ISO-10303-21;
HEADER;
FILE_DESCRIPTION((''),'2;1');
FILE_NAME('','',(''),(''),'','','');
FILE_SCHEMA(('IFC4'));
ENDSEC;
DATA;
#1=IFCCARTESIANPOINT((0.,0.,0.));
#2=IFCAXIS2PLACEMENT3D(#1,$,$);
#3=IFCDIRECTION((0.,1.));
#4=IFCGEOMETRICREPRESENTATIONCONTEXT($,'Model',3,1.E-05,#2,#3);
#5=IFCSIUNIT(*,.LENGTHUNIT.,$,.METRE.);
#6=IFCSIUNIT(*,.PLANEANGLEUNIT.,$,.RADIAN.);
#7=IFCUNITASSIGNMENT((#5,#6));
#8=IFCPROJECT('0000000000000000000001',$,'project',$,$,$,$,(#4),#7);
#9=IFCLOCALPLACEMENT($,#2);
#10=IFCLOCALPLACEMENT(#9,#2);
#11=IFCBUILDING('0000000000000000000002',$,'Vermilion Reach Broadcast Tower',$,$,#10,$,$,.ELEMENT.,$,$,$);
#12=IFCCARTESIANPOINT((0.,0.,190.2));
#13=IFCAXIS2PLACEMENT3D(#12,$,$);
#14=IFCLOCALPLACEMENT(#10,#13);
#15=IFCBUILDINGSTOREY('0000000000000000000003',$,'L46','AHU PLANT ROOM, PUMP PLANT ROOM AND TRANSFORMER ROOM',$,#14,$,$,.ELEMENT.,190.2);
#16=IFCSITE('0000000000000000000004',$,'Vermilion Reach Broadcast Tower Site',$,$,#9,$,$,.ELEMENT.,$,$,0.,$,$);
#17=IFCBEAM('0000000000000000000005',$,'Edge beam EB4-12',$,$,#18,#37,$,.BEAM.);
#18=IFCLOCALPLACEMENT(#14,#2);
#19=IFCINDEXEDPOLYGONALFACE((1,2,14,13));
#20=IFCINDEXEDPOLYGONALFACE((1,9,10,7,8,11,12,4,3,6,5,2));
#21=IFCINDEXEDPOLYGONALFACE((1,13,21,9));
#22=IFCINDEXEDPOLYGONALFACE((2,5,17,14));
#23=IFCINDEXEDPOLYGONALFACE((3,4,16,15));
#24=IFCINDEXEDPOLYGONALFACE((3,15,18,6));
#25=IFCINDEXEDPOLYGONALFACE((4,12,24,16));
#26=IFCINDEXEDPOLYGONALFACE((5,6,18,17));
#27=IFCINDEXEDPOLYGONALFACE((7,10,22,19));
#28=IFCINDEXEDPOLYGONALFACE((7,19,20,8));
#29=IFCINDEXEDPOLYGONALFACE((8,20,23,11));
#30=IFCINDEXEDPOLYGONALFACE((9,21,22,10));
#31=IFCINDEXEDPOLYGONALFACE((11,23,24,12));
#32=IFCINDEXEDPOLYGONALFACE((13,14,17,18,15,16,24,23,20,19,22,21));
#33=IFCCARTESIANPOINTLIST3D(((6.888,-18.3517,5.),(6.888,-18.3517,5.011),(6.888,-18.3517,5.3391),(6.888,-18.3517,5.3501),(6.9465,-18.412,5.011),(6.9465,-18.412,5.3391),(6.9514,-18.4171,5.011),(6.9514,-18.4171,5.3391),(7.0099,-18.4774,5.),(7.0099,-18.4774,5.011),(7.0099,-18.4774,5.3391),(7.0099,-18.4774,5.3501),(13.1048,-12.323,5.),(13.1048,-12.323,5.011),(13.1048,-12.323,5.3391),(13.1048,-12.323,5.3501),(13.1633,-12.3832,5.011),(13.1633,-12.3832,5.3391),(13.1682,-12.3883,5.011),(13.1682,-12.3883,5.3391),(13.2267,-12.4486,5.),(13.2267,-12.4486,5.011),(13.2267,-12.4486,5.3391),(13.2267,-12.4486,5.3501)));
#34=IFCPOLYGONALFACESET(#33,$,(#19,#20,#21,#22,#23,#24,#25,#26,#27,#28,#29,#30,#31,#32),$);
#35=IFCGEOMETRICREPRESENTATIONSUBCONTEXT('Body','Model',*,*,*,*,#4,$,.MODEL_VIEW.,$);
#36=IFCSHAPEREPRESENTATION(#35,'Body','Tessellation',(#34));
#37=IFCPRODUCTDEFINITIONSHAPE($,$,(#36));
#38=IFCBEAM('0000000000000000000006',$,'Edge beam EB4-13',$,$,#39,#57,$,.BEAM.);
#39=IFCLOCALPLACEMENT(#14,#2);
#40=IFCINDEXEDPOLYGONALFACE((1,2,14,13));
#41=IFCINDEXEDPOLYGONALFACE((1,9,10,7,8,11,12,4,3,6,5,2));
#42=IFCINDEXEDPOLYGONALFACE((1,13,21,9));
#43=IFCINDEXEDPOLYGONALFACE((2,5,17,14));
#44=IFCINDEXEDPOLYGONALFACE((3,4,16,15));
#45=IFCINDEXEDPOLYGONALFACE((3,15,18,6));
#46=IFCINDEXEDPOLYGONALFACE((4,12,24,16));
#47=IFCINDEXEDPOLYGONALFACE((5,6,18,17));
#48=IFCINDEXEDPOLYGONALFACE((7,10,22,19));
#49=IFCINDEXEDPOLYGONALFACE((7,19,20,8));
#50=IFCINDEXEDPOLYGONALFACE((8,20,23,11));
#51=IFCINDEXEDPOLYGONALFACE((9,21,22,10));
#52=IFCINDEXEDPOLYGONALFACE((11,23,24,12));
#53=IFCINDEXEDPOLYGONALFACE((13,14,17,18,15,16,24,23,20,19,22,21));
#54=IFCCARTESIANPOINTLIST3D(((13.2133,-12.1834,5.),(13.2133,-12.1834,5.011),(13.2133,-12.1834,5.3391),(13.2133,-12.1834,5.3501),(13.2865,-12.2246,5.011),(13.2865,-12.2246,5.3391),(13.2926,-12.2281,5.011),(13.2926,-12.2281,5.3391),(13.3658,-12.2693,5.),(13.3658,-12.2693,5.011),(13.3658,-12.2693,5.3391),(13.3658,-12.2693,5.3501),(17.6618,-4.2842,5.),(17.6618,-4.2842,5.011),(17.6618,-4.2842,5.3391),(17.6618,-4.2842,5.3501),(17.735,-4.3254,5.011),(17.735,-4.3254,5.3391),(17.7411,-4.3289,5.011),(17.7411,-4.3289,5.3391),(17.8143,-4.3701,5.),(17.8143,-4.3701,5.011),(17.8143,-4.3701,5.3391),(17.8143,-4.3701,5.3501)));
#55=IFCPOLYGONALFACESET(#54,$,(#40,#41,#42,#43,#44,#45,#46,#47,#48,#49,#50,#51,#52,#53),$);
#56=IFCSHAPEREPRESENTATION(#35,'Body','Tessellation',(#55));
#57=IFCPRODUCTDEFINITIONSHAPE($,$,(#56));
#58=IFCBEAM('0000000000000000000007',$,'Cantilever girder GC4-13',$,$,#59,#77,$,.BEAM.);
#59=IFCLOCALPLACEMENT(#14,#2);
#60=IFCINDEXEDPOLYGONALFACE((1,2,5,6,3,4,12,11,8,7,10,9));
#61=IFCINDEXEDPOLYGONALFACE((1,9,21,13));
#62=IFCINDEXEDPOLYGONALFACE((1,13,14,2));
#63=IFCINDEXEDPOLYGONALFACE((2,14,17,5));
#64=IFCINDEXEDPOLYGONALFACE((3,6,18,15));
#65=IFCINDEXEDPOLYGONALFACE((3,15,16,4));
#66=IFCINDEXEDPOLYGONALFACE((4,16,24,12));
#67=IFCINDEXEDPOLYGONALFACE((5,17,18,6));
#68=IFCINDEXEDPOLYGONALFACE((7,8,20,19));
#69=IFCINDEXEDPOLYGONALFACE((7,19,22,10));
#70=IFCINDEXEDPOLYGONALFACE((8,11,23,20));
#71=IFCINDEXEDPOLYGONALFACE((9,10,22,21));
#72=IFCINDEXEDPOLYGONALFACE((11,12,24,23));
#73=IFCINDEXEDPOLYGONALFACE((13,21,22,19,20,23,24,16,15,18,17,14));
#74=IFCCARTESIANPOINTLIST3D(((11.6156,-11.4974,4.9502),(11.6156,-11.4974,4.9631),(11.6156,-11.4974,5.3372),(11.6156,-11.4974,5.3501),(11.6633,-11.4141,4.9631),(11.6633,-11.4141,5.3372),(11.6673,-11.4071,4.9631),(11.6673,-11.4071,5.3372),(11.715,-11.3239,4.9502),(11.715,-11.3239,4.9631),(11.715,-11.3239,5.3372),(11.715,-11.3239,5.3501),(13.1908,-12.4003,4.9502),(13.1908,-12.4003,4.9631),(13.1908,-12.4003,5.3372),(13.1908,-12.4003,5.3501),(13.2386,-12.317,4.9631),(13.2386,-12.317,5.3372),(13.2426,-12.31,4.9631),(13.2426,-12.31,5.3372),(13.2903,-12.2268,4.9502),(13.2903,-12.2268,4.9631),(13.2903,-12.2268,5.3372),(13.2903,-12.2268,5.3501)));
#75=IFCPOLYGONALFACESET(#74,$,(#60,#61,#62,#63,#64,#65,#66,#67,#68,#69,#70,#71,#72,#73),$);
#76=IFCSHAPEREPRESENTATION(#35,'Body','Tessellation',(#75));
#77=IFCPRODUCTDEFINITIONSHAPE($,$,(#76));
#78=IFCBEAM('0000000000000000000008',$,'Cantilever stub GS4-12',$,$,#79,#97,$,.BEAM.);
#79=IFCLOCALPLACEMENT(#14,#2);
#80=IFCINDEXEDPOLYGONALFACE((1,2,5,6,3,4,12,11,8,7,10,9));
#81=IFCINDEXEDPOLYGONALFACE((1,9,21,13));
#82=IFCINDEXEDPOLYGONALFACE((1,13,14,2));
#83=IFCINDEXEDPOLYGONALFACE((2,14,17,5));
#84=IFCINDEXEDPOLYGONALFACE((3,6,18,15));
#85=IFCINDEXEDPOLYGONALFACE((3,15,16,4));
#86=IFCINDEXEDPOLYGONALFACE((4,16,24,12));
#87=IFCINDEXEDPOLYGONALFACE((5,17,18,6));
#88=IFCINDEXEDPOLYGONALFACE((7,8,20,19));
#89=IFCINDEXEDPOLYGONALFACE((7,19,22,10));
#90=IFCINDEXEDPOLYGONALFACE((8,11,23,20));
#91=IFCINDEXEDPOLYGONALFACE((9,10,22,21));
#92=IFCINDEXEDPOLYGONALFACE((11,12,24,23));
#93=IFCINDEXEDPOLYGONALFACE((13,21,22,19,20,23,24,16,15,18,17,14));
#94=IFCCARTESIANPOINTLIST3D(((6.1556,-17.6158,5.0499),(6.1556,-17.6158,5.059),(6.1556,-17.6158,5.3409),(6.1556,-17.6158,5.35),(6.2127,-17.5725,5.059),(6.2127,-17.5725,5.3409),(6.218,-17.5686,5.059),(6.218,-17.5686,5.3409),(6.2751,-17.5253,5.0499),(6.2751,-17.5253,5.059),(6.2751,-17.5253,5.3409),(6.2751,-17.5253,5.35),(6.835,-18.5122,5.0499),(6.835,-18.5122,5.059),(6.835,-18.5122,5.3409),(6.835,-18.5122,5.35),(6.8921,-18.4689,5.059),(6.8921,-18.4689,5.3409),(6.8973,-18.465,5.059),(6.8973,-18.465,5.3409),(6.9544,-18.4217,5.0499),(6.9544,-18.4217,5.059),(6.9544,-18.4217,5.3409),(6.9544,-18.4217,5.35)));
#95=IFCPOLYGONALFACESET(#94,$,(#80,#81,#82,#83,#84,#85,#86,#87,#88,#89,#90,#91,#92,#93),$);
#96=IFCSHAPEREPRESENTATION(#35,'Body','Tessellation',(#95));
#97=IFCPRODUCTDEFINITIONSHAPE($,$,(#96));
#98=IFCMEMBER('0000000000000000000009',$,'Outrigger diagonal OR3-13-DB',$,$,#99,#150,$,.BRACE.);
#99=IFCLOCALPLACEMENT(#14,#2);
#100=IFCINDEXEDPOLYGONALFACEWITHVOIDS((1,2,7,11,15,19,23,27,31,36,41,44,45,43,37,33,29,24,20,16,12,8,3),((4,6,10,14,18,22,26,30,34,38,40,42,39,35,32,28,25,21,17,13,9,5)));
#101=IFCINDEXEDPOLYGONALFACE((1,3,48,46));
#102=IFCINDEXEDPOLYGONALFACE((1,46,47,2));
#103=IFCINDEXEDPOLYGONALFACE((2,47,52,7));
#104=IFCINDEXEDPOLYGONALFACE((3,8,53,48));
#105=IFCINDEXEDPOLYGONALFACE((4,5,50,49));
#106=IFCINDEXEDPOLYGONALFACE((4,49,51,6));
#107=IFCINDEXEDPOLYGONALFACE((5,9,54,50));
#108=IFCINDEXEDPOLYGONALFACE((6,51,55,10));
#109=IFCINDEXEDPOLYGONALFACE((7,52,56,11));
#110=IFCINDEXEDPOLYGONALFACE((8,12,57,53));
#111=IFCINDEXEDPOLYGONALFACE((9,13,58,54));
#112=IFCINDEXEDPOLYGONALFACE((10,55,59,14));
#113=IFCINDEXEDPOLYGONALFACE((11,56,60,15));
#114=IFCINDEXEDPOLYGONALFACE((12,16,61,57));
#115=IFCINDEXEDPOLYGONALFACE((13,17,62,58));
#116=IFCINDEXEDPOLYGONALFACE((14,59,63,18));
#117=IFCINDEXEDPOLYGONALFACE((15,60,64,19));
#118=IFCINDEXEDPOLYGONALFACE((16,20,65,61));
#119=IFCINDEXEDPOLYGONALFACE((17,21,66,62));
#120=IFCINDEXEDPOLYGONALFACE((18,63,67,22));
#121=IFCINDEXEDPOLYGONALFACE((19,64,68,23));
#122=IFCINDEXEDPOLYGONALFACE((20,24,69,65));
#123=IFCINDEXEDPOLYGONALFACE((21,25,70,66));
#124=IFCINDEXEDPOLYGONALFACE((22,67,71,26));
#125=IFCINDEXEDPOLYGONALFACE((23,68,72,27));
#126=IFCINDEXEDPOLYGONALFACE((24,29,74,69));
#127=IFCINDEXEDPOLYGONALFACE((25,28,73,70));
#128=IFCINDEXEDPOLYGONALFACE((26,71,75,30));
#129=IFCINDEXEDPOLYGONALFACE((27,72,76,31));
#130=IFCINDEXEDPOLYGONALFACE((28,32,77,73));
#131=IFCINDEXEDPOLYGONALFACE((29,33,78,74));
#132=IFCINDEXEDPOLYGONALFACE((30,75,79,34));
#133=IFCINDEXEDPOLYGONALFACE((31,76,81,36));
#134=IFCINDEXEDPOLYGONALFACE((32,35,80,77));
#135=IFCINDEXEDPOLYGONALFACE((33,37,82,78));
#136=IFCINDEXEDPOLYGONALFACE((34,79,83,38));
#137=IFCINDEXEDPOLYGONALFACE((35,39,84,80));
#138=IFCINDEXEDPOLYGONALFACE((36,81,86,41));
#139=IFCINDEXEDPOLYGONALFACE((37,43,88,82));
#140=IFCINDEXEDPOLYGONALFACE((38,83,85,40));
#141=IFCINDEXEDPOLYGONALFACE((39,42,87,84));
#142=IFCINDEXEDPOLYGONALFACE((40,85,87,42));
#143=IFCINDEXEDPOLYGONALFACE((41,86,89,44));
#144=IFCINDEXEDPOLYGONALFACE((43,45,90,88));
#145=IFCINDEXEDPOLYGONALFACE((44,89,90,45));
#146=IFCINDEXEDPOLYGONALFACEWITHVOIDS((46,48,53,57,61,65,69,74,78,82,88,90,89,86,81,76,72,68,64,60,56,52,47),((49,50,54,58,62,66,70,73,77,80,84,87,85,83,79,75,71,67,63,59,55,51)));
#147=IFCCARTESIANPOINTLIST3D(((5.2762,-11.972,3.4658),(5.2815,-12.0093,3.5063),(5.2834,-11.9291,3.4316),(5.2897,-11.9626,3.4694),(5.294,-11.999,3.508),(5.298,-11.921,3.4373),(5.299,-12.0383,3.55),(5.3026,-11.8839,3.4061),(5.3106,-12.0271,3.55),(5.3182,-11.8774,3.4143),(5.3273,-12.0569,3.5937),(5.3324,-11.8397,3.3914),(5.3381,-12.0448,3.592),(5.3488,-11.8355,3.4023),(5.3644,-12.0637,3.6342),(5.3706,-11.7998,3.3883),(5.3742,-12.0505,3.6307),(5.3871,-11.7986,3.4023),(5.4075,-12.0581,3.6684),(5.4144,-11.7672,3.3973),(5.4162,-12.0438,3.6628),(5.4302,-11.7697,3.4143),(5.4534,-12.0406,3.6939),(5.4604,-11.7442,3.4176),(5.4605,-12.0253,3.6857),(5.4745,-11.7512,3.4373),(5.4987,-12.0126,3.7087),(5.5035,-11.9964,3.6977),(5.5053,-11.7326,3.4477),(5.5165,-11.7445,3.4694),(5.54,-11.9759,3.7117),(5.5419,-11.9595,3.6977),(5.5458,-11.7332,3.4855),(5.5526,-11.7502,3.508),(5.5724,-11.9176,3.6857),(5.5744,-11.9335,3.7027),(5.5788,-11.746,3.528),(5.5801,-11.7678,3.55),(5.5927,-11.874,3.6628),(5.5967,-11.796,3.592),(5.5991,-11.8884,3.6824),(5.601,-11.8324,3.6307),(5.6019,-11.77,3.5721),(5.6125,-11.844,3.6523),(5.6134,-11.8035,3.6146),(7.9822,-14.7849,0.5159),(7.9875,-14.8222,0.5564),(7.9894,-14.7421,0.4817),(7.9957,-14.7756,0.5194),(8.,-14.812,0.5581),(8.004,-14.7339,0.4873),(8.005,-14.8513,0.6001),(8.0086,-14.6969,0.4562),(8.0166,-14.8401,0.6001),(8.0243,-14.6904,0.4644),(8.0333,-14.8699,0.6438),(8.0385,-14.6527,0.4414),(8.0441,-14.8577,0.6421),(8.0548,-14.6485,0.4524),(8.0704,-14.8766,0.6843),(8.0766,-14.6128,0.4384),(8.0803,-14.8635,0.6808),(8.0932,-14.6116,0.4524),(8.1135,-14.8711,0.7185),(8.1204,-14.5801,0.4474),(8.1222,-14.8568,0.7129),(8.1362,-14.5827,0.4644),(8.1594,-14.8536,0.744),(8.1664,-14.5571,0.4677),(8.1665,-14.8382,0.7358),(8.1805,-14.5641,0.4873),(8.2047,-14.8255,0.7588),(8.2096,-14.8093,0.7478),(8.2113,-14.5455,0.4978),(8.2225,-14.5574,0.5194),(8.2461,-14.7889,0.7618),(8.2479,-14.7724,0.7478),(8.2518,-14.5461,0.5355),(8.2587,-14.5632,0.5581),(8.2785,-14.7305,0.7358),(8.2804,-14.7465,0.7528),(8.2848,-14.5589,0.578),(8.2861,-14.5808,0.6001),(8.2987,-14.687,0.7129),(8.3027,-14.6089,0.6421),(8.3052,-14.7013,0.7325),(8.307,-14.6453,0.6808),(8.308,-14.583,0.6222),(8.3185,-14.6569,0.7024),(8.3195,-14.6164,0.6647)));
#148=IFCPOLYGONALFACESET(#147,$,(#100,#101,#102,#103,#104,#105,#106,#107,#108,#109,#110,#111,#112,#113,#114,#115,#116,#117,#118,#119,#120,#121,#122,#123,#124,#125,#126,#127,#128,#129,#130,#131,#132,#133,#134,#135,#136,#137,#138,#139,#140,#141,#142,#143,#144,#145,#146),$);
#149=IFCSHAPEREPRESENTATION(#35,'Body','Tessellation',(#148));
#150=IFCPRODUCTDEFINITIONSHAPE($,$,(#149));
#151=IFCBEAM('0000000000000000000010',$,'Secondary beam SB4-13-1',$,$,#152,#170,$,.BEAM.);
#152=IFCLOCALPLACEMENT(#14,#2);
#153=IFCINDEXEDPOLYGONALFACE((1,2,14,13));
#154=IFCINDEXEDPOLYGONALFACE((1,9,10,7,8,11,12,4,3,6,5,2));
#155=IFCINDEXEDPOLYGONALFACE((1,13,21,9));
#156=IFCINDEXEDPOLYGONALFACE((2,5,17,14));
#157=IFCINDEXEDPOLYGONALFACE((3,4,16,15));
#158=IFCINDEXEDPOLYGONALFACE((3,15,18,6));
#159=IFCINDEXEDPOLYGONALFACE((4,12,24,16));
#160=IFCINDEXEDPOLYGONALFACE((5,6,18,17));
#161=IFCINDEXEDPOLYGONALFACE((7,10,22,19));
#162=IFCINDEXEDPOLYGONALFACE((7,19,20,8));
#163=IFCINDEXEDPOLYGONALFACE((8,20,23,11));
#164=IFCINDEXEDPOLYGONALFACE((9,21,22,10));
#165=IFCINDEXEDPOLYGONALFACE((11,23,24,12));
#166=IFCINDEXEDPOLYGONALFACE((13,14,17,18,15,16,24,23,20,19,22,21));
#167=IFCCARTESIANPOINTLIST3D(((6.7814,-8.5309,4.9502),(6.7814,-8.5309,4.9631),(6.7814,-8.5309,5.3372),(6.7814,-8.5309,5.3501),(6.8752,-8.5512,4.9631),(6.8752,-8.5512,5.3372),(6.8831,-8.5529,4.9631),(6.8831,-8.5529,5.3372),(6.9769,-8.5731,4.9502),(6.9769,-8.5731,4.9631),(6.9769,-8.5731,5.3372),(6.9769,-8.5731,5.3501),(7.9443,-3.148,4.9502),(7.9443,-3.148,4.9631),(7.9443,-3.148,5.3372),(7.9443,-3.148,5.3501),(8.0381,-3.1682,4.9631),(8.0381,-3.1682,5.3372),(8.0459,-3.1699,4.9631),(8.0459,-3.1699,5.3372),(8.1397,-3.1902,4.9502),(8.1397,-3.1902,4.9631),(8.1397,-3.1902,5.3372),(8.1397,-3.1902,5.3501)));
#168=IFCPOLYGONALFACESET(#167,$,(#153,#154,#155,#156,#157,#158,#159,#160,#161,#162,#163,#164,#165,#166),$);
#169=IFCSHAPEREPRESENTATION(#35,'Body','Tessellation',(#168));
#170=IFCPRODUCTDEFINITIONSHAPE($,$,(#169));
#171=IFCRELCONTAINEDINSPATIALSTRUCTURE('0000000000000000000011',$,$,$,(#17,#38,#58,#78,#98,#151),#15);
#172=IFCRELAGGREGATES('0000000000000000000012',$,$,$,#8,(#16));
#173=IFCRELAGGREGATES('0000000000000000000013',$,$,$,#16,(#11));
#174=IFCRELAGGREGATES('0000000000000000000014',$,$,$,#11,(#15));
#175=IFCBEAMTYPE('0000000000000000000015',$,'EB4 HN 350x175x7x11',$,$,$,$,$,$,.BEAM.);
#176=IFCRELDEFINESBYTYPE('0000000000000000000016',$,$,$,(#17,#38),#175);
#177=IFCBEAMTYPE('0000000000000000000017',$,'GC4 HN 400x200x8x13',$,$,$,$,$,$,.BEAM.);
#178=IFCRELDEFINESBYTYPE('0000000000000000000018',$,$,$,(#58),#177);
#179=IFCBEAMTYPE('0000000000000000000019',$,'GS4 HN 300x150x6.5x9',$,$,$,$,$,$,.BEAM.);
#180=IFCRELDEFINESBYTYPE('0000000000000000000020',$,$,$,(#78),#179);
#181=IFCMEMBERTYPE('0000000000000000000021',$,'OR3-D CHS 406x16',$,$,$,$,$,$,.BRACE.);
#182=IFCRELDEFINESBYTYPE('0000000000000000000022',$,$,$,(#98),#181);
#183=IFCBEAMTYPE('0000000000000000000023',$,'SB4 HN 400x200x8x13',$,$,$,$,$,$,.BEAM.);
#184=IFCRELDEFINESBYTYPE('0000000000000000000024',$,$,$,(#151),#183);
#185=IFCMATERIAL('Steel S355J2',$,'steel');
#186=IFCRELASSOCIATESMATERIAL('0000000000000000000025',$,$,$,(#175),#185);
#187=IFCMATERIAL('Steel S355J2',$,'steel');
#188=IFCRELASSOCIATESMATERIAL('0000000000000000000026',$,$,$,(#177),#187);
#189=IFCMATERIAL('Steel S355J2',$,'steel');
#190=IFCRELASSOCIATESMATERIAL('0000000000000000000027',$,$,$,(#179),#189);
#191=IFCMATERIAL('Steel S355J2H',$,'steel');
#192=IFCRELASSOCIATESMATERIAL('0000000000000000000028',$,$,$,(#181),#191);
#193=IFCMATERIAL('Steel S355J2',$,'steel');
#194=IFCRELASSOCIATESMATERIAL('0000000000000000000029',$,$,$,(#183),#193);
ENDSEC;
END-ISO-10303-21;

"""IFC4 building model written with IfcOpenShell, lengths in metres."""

from ifc_helpers import new_model, si_unit, direction, frame, origin, origin_2d, place, context, subcontext, project, spatial, hollow_circle, i_section, extrude, material, material_profile, profile_set, type_object, element, save


model = new_model("IFC4")

# Units and contexts
model_context = context("Model", 3, precision=1e-05, world=origin(), true_north=direction((0.0, 1.0)))
body_context = subcontext(model_context, "Body", "Model", "MODEL_VIEW")
ifc_project = project(units=[si_unit("LENGTHUNIT", "METRE"), si_unit("PLANEANGLEUNIT", "RADIAN")], contexts=[model_context])

# Site, building, storey
site_placement = place(None, origin())
site = spatial("IfcSite", under=ifc_project, at=site_placement, Name="Vermilion Reach Broadcast Tower Site", CompositionType="ELEMENT", RefElevation=0.0)
building_placement = place(site_placement, origin())
building = spatial("IfcBuilding", under=site, at=building_placement, Name="Vermilion Reach Broadcast Tower", CompositionType="ELEMENT")
storey_placement = place(building_placement, frame((0.0, 0.0, 190.2)))
storey = spatial("IfcBuildingStorey", under=building, at=storey_placement, Name="L46", Description="AHU PLANT ROOM, PUMP PLANT ROOM AND TRANSFORMER ROOM", CompositionType="ELEMENT", Elevation=190.2)

# Beams
ifc_material_1 = material(Name="Steel S355J2", Category="steel")
ifc_material_profile_1 = material_profile(ifc_material_1, i_section(OverallWidth=0.175, OverallDepth=0.3501, WebThickness=0.0071, FlangeThickness=0.011, at=origin_2d()), Name="S355J2 HN 350x175x7x11")
ifc_profile_set_1 = profile_set([ifc_material_profile_1], Name="Steel S355J2")
beam_type_1 = type_object("IfcBeamType", Name="EB4 HN 350x175x7x11", PredefinedType="BEAM", material=ifc_profile_set_1)
beam_1_placement = place(storey_placement, frame((6.949, -18.4146, 5.175), z_axis=(0.717877, 0.69617, 0.0), x_axis=(-0.69617, 0.717877, 0.0)))
element("IfcBeam", 1, at=beam_1_placement, inside=storey, type_object=beam_type_1, Name="Edge beam EB4-12", PredefinedType="BEAM", context=body_context, shape_type="SweptSolid", body=[
    extrude(i_section(OverallWidth=0.175, OverallDepth=0.3501, WebThickness=0.0071, FlangeThickness=0.011, at=origin_2d()), origin(), (0.0, 0.0, 1.0), 8.6599),
])
beam_2_placement = place(storey_placement, frame((13.2896, -12.2263, 5.175), z_axis=(0.490697, 0.87133, 0.0), x_axis=(-0.87133, 0.490697, 0.0)))
element("IfcBeam", 2, at=beam_2_placement, inside=storey, type_object=beam_type_1, Name="Edge beam EB4-13", PredefinedType="BEAM", context=body_context, shape_type="SweptSolid", body=[
    extrude(i_section(OverallWidth=0.175, OverallDepth=0.3501, WebThickness=0.0071, FlangeThickness=0.011, at=origin_2d()), origin(), (0.0, 0.0, 1.0), 9.0657),
])
ifc_material_2 = material(Name="Steel S355J2", Category="steel")
ifc_material_profile_2 = material_profile(ifc_material_2, i_section(OverallWidth=0.2, OverallDepth=0.3999, WebThickness=0.0081, FlangeThickness=0.0129, at=origin_2d()), Name="S355J2 HN 400x200x8x13")
ifc_profile_set_2 = profile_set([ifc_material_profile_2], Name="Steel S355J2")
beam_type_2 = type_object("IfcBeamType", Name="GC4 HN 400x200x8x13", PredefinedType="BEAM", material=ifc_profile_set_2)
beam_3_placement = place(storey_placement, frame((11.6653, -11.4106, 5.1501), z_axis=(0.867597, -0.497268, 0.0), x_axis=(0.497268, 0.867597, 0.0)))
element("IfcBeam", 3, at=beam_3_placement, inside=storey, type_object=beam_type_2, Name="Cantilever girder GC4-13", PredefinedType="BEAM", context=body_context, shape_type="SweptSolid", body=[
    extrude(i_section(OverallWidth=0.2, OverallDepth=0.3999, WebThickness=0.0081, FlangeThickness=0.0129, at=origin_2d()), origin(), (0.0, 0.0, 1.0), 1.8157),
])
ifc_material_3 = material(Name="Steel S355J2", Category="steel")
ifc_material_profile_3 = material_profile(ifc_material_3, i_section(OverallWidth=0.1499, OverallDepth=0.3, WebThickness=0.0066, FlangeThickness=0.009, at=origin_2d()), Name="S355J2 HN 300x150x6.5x9")
ifc_profile_set_3 = profile_set([ifc_material_profile_3], Name="Steel S355J2")
beam_type_3 = type_object("IfcBeamType", Name="GS4 HN 300x150x6.5x9", PredefinedType="BEAM", material=ifc_profile_set_3)
beam_4_placement = place(storey_placement, frame((6.2153, -17.5706, 5.2), z_axis=(0.604021, -0.796969, 0.0), x_axis=(0.796969, 0.604021, 0.0)))
element("IfcBeam", 4, at=beam_4_placement, inside=storey, type_object=beam_type_3, Name="Cantilever stub GS4-12", PredefinedType="BEAM", context=body_context, shape_type="SweptSolid", body=[
    extrude(i_section(OverallWidth=0.1499, OverallDepth=0.3, WebThickness=0.0066, FlangeThickness=0.009, at=origin_2d()), origin(), (0.0, 0.0, 1.0), 1.1248),
])

# Member
ifc_material_4 = material(Name="Steel S355J2H", Category="steel")
ifc_material_profile_4 = material_profile(ifc_material_4, hollow_circle(Radius=0.2031, WallThickness=0.0161, at=origin_2d()), Name="S355J2H CHS 406x16")
ifc_profile_set_4 = profile_set([ifc_material_profile_4], Name="Steel S355J2H")
member_type_1 = type_object("IfcMemberType", Name="OR3-D CHS 406x16", PredefinedType="BRACE", material=ifc_profile_set_4)
member_1_placement = place(storey_placement, frame((8.1514, -14.7104, 0.6001), z_axis=(-0.553088, 0.574944, 0.602937), x_axis=(-0.720672, -0.693276, 0.0)))
element("IfcMember", 5, at=member_1_placement, inside=storey, type_object=member_type_1, Name="Outrigger diagonal OR3-13-DB", PredefinedType="BRACE", context=body_context, shape_type="SweptSolid", body=[
    extrude(hollow_circle(Radius=0.2031, WallThickness=0.0161, at=origin_2d()), origin(), (0.0, 0.0, 1.0), 4.8926),
])

# Beam
ifc_material_5 = material(Name="Steel S355J2", Category="steel")
ifc_material_profile_5 = material_profile(ifc_material_5, i_section(OverallWidth=0.2, OverallDepth=0.3999, WebThickness=0.0081, FlangeThickness=0.0129, at=origin_2d()), Name="S355J2 HN 400x200x8x13")
ifc_profile_set_5 = profile_set([ifc_material_profile_5], Name="Steel S355J2")
beam_type_4 = type_object("IfcBeamType", Name="SB4 HN 400x200x8x13", PredefinedType="BEAM", material=ifc_profile_set_5)
beam_5_placement = place(storey_placement, frame((6.8792, -8.552, 5.1501), z_axis=(0.211158, 0.977452, 0.0), x_axis=(-0.977452, 0.211158, 0.0)))
element("IfcBeam", 6, at=beam_5_placement, inside=storey, type_object=beam_type_4, Name="Secondary beam SB4-13-1", PredefinedType="BEAM", context=body_context, shape_type="SweptSolid", body=[
    extrude(i_section(OverallWidth=0.2, OverallDepth=0.3999, WebThickness=0.0081, FlangeThickness=0.0129, at=origin_2d()), origin(), (0.0, 0.0, 1.0), 5.5071),
])

save(model, "model.ifc")
